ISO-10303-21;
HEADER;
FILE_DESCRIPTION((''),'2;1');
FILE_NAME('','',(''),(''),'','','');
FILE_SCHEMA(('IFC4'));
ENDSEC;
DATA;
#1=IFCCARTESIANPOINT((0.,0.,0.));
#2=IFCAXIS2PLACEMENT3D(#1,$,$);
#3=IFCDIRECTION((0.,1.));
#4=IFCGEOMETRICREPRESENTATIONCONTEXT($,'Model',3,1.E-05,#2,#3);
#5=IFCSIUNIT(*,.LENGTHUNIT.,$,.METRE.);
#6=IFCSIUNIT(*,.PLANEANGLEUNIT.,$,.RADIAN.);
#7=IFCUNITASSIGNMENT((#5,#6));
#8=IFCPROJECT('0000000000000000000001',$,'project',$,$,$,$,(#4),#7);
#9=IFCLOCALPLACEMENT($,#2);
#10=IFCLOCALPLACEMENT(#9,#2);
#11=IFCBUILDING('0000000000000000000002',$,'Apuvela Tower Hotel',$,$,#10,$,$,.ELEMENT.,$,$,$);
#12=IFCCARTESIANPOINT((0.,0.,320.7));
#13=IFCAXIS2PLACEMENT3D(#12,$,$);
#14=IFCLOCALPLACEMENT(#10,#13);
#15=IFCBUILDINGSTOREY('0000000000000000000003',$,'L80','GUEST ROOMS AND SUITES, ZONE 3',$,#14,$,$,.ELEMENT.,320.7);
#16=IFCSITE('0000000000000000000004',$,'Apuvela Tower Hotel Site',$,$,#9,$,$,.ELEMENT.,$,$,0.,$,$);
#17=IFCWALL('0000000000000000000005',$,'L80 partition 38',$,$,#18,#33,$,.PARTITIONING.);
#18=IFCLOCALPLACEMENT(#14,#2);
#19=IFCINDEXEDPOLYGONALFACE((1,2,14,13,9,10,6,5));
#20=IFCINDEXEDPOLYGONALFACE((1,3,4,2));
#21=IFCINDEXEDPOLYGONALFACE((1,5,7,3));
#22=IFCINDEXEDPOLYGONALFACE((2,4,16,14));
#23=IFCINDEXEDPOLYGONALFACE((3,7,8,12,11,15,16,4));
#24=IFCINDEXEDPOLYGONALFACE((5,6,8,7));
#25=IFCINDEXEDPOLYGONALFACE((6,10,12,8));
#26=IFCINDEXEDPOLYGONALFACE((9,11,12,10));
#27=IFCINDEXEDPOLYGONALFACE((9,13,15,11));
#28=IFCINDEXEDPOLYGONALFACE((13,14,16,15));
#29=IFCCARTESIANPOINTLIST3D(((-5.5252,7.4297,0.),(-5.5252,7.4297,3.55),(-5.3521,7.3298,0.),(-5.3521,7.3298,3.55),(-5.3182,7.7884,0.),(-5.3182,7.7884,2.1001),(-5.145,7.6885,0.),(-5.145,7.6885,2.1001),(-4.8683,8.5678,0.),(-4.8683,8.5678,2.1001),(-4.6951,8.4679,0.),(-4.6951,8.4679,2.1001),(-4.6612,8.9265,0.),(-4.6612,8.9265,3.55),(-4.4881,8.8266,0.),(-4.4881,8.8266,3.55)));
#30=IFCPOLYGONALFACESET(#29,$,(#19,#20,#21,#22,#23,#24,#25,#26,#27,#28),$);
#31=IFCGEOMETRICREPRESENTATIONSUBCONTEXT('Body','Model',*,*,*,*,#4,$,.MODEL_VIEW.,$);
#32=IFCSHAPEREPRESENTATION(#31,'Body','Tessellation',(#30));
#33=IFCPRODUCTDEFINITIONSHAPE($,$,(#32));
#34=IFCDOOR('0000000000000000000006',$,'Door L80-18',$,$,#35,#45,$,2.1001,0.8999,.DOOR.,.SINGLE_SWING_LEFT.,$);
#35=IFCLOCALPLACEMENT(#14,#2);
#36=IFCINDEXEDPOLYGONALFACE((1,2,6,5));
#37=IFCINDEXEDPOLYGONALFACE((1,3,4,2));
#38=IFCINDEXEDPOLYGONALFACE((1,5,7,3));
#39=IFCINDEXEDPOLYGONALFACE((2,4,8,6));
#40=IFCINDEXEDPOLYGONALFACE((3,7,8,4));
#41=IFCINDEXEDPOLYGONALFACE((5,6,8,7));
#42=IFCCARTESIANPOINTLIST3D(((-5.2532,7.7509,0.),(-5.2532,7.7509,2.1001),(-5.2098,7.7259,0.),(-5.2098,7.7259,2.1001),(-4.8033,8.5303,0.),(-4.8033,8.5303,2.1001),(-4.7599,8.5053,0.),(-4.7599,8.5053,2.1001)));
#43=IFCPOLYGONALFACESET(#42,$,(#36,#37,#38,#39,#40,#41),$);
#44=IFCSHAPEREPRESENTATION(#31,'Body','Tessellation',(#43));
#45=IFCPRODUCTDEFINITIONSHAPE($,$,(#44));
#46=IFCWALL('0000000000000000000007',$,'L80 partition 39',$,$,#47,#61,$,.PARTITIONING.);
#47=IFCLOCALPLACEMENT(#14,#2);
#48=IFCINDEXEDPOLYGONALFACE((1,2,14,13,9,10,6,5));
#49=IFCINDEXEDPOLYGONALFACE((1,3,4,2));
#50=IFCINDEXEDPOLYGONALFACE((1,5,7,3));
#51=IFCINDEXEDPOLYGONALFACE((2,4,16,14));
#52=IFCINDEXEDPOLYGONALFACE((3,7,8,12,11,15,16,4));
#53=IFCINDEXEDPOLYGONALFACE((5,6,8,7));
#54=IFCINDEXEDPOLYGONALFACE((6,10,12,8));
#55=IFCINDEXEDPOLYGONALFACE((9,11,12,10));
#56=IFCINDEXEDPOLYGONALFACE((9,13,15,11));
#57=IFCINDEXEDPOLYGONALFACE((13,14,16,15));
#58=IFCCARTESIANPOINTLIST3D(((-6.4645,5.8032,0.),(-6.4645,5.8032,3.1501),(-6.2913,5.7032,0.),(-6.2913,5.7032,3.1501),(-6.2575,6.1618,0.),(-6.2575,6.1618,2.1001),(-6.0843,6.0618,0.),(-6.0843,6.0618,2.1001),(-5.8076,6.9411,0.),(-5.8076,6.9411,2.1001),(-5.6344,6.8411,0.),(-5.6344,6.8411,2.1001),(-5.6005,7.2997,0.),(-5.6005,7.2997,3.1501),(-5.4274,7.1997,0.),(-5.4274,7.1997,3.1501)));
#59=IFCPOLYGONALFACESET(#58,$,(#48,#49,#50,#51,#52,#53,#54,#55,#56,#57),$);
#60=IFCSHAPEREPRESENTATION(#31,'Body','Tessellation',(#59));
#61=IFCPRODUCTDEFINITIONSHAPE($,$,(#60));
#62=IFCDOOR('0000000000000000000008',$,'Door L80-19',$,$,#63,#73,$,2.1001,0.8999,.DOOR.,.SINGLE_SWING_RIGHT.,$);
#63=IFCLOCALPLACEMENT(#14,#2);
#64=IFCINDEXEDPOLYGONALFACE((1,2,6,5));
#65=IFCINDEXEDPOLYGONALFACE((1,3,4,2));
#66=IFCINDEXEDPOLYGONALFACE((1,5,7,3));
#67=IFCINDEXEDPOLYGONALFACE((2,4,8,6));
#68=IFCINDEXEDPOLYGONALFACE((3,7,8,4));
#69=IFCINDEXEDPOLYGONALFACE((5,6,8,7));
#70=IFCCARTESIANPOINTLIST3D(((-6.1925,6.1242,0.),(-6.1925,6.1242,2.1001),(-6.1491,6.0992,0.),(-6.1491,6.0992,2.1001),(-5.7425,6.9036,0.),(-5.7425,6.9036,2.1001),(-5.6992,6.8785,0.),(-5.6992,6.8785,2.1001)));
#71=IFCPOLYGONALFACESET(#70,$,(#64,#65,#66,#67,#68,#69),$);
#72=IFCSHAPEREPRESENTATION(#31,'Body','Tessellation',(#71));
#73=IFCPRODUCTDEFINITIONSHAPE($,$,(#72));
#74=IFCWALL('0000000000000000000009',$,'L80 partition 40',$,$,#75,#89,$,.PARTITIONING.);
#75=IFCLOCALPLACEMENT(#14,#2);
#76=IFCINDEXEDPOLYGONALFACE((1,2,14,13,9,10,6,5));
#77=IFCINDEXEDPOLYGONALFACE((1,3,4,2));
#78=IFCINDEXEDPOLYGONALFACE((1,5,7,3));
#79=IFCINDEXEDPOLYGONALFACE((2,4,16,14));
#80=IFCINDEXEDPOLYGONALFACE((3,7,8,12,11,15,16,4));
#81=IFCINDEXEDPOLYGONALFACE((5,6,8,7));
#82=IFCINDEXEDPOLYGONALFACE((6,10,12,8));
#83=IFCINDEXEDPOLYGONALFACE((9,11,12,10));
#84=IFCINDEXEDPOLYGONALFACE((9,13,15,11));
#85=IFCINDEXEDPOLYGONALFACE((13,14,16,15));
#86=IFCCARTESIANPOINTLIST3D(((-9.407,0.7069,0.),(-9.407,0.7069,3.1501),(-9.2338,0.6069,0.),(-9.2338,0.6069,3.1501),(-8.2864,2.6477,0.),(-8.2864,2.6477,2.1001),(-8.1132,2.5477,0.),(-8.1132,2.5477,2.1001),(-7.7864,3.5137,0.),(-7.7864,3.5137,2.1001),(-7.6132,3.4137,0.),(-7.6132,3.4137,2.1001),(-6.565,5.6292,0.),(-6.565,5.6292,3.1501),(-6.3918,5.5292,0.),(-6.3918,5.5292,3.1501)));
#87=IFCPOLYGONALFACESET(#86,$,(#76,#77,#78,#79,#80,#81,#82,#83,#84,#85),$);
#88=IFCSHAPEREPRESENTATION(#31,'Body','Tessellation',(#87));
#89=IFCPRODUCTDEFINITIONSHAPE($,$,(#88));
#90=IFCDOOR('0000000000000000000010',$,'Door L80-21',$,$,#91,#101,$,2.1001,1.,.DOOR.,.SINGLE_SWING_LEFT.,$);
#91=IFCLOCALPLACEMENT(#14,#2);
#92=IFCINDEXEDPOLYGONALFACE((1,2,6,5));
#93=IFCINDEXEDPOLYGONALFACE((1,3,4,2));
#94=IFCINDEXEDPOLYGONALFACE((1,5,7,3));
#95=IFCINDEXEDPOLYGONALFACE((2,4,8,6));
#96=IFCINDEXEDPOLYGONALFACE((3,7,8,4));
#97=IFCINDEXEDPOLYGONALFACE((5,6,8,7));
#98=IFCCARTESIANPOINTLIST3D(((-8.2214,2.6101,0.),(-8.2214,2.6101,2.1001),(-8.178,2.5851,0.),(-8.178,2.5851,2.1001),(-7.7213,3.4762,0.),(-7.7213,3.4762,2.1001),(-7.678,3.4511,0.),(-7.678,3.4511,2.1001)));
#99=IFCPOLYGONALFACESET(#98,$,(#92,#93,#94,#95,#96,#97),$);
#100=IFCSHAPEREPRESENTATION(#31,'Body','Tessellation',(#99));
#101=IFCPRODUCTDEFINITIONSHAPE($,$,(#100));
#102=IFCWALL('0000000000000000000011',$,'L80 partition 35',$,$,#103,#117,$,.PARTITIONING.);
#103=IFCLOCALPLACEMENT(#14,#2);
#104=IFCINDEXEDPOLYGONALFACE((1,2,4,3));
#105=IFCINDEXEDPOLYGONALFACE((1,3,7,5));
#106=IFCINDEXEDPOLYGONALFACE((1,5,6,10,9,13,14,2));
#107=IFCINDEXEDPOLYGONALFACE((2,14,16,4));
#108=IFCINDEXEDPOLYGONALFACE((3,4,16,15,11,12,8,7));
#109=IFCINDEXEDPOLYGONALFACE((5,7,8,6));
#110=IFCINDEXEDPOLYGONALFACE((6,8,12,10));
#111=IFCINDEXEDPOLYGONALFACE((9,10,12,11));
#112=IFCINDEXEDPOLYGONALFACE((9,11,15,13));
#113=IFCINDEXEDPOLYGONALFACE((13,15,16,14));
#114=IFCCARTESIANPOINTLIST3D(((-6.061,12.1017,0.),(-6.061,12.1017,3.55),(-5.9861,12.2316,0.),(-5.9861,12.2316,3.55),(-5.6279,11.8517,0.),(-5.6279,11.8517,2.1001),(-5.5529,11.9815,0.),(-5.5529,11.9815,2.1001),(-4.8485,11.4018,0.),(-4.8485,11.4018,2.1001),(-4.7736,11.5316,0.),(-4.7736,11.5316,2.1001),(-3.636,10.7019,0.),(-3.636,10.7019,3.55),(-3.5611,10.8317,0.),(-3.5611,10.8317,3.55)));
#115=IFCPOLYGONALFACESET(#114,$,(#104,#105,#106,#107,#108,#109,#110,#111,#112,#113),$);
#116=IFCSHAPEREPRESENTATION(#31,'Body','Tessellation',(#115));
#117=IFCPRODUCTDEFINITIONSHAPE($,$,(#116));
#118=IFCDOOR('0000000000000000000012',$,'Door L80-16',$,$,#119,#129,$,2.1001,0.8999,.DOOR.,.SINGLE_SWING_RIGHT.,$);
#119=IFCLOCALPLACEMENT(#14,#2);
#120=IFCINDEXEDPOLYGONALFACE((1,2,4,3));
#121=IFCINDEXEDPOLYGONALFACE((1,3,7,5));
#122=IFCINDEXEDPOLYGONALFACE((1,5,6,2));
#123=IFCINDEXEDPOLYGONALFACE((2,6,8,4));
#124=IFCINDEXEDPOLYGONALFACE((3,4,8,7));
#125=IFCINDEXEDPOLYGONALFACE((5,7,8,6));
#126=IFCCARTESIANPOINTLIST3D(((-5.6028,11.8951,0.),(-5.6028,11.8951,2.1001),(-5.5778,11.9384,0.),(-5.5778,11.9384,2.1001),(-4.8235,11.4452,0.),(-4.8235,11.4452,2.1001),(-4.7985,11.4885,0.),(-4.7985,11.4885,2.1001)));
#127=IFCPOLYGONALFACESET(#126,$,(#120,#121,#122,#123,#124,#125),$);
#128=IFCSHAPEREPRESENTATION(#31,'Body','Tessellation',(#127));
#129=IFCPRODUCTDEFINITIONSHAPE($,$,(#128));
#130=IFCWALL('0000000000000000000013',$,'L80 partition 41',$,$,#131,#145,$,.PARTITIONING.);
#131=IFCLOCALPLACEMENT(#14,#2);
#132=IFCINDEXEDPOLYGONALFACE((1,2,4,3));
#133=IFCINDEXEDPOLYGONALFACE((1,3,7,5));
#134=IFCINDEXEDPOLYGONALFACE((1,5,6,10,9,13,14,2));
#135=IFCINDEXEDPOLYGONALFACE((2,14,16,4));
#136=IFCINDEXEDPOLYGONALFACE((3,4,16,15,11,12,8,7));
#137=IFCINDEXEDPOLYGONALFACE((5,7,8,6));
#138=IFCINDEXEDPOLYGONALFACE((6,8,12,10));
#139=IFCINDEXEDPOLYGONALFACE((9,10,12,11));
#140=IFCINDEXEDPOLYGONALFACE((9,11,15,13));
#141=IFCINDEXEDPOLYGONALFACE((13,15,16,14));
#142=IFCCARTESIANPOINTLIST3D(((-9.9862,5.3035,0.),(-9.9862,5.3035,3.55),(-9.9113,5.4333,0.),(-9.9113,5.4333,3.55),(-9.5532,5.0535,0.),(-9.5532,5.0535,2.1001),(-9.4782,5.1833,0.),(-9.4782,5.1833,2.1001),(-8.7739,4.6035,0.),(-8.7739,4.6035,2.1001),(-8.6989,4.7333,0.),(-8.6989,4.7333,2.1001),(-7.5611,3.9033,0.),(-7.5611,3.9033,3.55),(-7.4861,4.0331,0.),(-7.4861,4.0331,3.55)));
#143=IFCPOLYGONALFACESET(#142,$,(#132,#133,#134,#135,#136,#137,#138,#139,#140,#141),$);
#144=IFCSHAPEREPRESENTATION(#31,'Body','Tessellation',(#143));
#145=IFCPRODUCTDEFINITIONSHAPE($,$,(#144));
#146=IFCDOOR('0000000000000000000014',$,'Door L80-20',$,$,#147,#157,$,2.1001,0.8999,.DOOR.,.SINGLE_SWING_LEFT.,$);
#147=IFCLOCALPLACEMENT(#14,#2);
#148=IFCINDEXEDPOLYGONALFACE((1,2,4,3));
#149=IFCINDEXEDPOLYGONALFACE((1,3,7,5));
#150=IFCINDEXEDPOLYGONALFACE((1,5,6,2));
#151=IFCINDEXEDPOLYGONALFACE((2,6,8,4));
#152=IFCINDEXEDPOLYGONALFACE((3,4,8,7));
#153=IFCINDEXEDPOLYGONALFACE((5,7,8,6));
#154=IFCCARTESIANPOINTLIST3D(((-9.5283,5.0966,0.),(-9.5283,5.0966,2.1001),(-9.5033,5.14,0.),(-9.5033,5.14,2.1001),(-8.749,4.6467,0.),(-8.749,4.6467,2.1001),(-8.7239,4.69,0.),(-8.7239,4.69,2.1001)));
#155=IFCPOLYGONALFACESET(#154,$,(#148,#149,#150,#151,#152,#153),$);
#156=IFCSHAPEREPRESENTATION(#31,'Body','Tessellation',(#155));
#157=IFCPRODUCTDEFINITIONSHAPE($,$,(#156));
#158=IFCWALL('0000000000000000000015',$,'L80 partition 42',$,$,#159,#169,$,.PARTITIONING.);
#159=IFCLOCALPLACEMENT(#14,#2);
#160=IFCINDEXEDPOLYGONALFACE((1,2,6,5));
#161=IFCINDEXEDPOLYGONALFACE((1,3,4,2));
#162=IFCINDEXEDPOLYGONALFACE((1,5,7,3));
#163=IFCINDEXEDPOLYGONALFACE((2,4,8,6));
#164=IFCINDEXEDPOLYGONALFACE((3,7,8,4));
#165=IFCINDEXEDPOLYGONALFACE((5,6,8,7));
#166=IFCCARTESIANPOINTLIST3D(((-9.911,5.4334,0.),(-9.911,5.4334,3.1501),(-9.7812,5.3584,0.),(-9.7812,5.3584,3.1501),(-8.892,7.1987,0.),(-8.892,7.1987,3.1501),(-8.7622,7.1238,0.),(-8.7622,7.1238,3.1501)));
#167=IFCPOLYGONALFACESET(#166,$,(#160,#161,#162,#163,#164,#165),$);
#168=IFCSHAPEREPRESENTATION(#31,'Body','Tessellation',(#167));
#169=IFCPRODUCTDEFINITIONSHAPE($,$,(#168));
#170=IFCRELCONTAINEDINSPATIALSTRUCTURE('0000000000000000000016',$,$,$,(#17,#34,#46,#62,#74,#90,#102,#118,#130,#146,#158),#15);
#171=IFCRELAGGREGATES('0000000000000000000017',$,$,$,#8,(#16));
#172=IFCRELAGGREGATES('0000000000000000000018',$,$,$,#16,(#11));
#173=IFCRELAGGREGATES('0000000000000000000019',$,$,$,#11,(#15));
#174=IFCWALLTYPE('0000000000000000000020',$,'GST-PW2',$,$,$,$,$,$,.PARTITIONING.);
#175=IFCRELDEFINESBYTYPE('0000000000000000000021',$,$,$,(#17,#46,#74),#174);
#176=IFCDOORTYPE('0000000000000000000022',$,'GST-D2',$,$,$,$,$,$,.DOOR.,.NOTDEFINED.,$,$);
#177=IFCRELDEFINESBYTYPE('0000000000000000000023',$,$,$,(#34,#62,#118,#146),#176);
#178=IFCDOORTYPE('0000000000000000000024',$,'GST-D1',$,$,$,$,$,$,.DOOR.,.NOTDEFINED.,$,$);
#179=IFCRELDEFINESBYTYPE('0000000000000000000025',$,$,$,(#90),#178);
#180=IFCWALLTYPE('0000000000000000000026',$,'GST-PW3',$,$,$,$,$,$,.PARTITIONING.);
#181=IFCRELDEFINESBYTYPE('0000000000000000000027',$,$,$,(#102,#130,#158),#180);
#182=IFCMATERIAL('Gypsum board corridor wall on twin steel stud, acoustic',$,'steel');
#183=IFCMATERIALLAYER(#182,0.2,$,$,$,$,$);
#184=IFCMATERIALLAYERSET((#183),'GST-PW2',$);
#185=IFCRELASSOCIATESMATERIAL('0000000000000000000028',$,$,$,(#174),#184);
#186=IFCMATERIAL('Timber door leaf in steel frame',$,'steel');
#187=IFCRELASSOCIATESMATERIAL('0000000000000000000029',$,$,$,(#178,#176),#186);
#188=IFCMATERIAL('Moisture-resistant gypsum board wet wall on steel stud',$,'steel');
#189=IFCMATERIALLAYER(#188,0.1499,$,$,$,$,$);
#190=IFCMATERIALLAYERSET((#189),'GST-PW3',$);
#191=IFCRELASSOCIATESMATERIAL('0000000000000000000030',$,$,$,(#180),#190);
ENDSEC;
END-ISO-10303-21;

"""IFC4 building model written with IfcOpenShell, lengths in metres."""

from ifc_helpers import new_model, si_unit, direction, frame, frame_2d, origin, place, context, subcontext, project, spatial, rectangle, extrude, material, layer, layer_set, type_object, element, fill, save


model = new_model("IFC4")

# Units and contexts
model_context = context("Model", 3, precision=1e-05, world=origin(), true_north=direction((0.0, 1.0)))
body_context = subcontext(model_context, "Body", "Model", "MODEL_VIEW")
ifc_project = project(units=[si_unit("LENGTHUNIT", "METRE"), si_unit("PLANEANGLEUNIT", "RADIAN")], contexts=[model_context])

# Site, building, storey
site_placement = place(None, origin())
site = spatial("IfcSite", under=ifc_project, at=site_placement, Name="Apuvela Tower Hotel Site", CompositionType="ELEMENT", RefElevation=0.0)
building_placement = place(site_placement, origin())
building = spatial("IfcBuilding", under=site, at=building_placement, Name="Apuvela Tower Hotel", CompositionType="ELEMENT")
storey_placement = place(building_placement, frame((0.0, 0.0, 320.7)))
storey = spatial("IfcBuildingStorey", under=building, at=storey_placement, Name="L80", Description="GUEST ROOMS AND SUITES, ZONE 3", CompositionType="ELEMENT", Elevation=320.7)

# Walls, openings, doors
ifc_material_1 = material(Name="Gypsum board corridor wall on twin steel stud, acoustic", Category="steel")
ifc_layer_1 = layer(ifc_material_1, 0.2)
ifc_layer_set_1 = layer_set([ifc_layer_1], Name="GST-PW2")
wall_type_1 = type_object("IfcWallType", Name="GST-PW2", PredefinedType="PARTITIONING", material=ifc_layer_set_1)
ifc_material_2 = material(Name="Timber door leaf in steel frame", Category="steel")
door_type_1 = type_object("IfcDoorType", Name="GST-D1", OperationType="NOTDEFINED", PredefinedType="DOOR", material=ifc_material_2)
wall_1_placement = place(storey_placement, frame((-5.4387, 7.3796, 0.0), z_axis=(0.0, 0.0, 1.0), x_axis=(0.499922, 0.86607, 0.0)))
wall_1 = element("IfcWall", 1, at=wall_1_placement, inside=storey, type_object=wall_type_1, Name="L80 partition 38", PredefinedType="PARTITIONING", context=body_context, shape_type="SweptSolid", body=[
    extrude(rectangle(XDim=1.7283, YDim=0.2, at=frame_2d((0.8643, 0.0))), origin(), (0.0, 0.0, 1.0), 3.55),
])
opening_1_placement = place(wall_1_placement, frame((0.4143, 0.0, 0.0)))
opening_1 = element("IfcOpeningElement", 2, at=opening_1_placement, cuts=wall_1, PredefinedType="OPENING", context=body_context, shape_type="SweptSolid", body=[
    extrude(rectangle(XDim=0.8999, YDim=2.1001, at=frame_2d((0.45, 1.05))), frame((0.0, 0.1099, 0.0), z_axis=(0.0, -1.0, 0.0), x_axis=(1.0, 0.0, 0.0)), (0.0, 0.0, 1.0), 0.22),
])
door_type_2 = type_object("IfcDoorType", Name="GST-D2", OperationType="NOTDEFINED", PredefinedType="DOOR", material=ifc_material_2)
door_1_placement = place(opening_1_placement, origin())
door_1 = element("IfcDoor", 3, at=door_1_placement, inside=storey, type_object=door_type_2, Name="Door L80-18", OperationType="SINGLE_SWING_LEFT", OverallHeight=2.1001, OverallWidth=0.8999, PredefinedType="DOOR", context=body_context, shape_type="SweptSolid", body=[
    extrude(rectangle(XDim=0.8999, YDim=2.1001, at=frame_2d((0.45, 1.05))), frame((0.0, 0.0249, 0.0), z_axis=(0.0, -1.0, 0.0), x_axis=(1.0, 0.0, 0.0)), (0.0, 0.0, 1.0), 0.05),
])
fill(opening_1, door_1)
wall_2_placement = place(storey_placement, frame((-6.3779, 5.7532, 0.0), z_axis=(0.0, 0.0, 1.0), x_axis=(0.499983, 0.866035, 0.0)))
wall_2 = element("IfcWall", 4, at=wall_2_placement, inside=storey, type_object=wall_type_1, Name="L80 partition 39", PredefinedType="PARTITIONING", context=body_context, shape_type="SweptSolid", body=[
    extrude(rectangle(XDim=1.728, YDim=0.2, at=frame_2d((0.864, 0.0))), origin(), (0.0, 0.0, 1.0), 3.1501),
])
opening_2_placement = place(wall_2_placement, frame((0.4141, 0.0, 0.0)))
opening_2 = element("IfcOpeningElement", 5, at=opening_2_placement, cuts=wall_2, PredefinedType="OPENING", context=body_context, shape_type="SweptSolid", body=[
    extrude(rectangle(XDim=0.8999, YDim=2.1001, at=frame_2d((0.45, 1.05))), frame((0.0, 0.1099, 0.0), z_axis=(0.0, -1.0, 0.0), x_axis=(1.0, 0.0, 0.0)), (0.0, 0.0, 1.0), 0.22),
])
door_2_placement = place(opening_2_placement, origin())
door_2 = element("IfcDoor", 6, at=door_2_placement, inside=storey, type_object=door_type_2, Name="Door L80-19", OperationType="SINGLE_SWING_RIGHT", OverallHeight=2.1001, OverallWidth=0.8999, PredefinedType="DOOR", context=body_context, shape_type="SweptSolid", body=[
    extrude(rectangle(XDim=0.8999, YDim=2.1001, at=frame_2d((0.45, 1.05))), frame((0.0, 0.0249, 0.0), z_axis=(0.0, -1.0, 0.0), x_axis=(1.0, 0.0, 0.0)), (0.0, 0.0, 1.0), 0.05),
])
fill(opening_2, door_2)
wall_3_placement = place(storey_placement, frame((-9.3203, 0.657, 0.0), z_axis=(0.0, 0.0, 1.0), x_axis=(0.500015, 0.866017, 0.0)))
wall_3 = element("IfcWall", 7, at=wall_3_placement, inside=storey, type_object=wall_type_1, Name="L80 partition 40", PredefinedType="PARTITIONING", context=body_context, shape_type="SweptSolid", body=[
    extrude(rectangle(XDim=5.6838, YDim=0.2, at=frame_2d((2.8418, 0.0))), origin(), (0.0, 0.0, 1.0), 3.1501),
])
opening_3_placement = place(wall_3_placement, frame((2.241, 0.0, 0.0)))
opening_3 = element("IfcOpeningElement", 8, at=opening_3_placement, cuts=wall_3, PredefinedType="OPENING", context=body_context, shape_type="SweptSolid", body=[
    extrude(rectangle(XDim=1.0, YDim=2.1001, at=frame_2d((0.5, 1.05))), frame((0.0, 0.1099, 0.0), z_axis=(0.0, -1.0, 0.0), x_axis=(1.0, 0.0, 0.0)), (0.0, 0.0, 1.0), 0.22),
])
door_3_placement = place(opening_3_placement, origin())
door_3 = element("IfcDoor", 9, at=door_3_placement, inside=storey, type_object=door_type_1, Name="Door L80-21", OperationType="SINGLE_SWING_LEFT", OverallHeight=2.1001, OverallWidth=1.0, PredefinedType="DOOR", context=body_context, shape_type="SweptSolid", body=[
    extrude(rectangle(XDim=1.0, YDim=2.1001, at=frame_2d((0.5, 1.05))), frame((0.0, 0.0249, 0.0), z_axis=(0.0, -1.0, 0.0), x_axis=(1.0, 0.0, 0.0)), (0.0, 0.0, 1.0), 0.05),
])
fill(opening_3, door_3)
ifc_material_3 = material(Name="Moisture-resistant gypsum board wet wall on steel stud", Category="steel")
ifc_layer_2 = layer(ifc_material_3, 0.1499)
ifc_layer_set_2 = layer_set([ifc_layer_2], Name="GST-PW3")
wall_type_2 = type_object("IfcWallType", Name="GST-PW3", PredefinedType="PARTITIONING", material=ifc_layer_set_2)
wall_4_placement = place(storey_placement, frame((-3.5986, 10.7668, 0.0), z_axis=(0.0, 0.0, 1.0), x_axis=(-0.866056, 0.499946, 0.0)))
wall_4 = element("IfcWall", 10, at=wall_4_placement, inside=storey, type_object=wall_type_2, Name="L80 partition 35", PredefinedType="PARTITIONING", context=body_context, shape_type="SweptSolid", body=[
    extrude(rectangle(XDim=2.8, YDim=0.1499, at=frame_2d((1.3999, 0.0))), origin(), (0.0, 0.0, 1.0), 3.55),
])
opening_4_placement = place(wall_4_placement, frame((1.3999, 0.0, 0.0)))
opening_4 = element("IfcOpeningElement", 11, at=opening_4_placement, cuts=wall_4, PredefinedType="OPENING", context=body_context, shape_type="SweptSolid", body=[
    extrude(rectangle(XDim=0.8999, YDim=2.1001, at=frame_2d((0.45, 1.05))), frame((0.0, 0.085, 0.0), z_axis=(0.0, -1.0, 0.0), x_axis=(1.0, 0.0, 0.0)), (0.0, 0.0, 1.0), 0.1699),
])
door_4_placement = place(opening_4_placement, origin())
door_4 = element("IfcDoor", 12, at=door_4_placement, inside=storey, type_object=door_type_2, Name="Door L80-16", OperationType="SINGLE_SWING_RIGHT", OverallHeight=2.1001, OverallWidth=0.8999, PredefinedType="DOOR", context=body_context, shape_type="SweptSolid", body=[
    extrude(rectangle(XDim=0.8999, YDim=2.1001, at=frame_2d((0.45, 1.05))), frame((0.0, 0.0249, 0.0), z_axis=(0.0, -1.0, 0.0), x_axis=(1.0, 0.0, 0.0)), (0.0, 0.0, 1.0), 0.05),
])
fill(opening_4, door_4)
wall_5_placement = place(storey_placement, frame((-9.9487, 5.3684, 0.0), z_axis=(0.0, 0.0, 1.0), x_axis=(0.866019, -0.500012, 0.0)))
wall_5 = element("IfcWall", 13, at=wall_5_placement, inside=storey, type_object=wall_type_2, Name="L80 partition 41", PredefinedType="PARTITIONING", context=body_context, shape_type="SweptSolid", body=[
    extrude(rectangle(XDim=2.8003, YDim=0.1499, at=frame_2d((1.4001, 0.0))), origin(), (0.0, 0.0, 1.0), 3.55),
])
opening_5_placement = place(wall_5_placement, frame((0.5, 0.0, 0.0)))
opening_5 = element("IfcOpeningElement", 14, at=opening_5_placement, cuts=wall_5, PredefinedType="OPENING", context=body_context, shape_type="SweptSolid", body=[
    extrude(rectangle(XDim=0.8999, YDim=2.1001, at=frame_2d((0.45, 1.05))), frame((0.0, 0.085, 0.0), z_axis=(0.0, -1.0, 0.0), x_axis=(1.0, 0.0, 0.0)), (0.0, 0.0, 1.0), 0.1699),
])
door_5_placement = place(opening_5_placement, origin())
door_5 = element("IfcDoor", 15, at=door_5_placement, inside=storey, type_object=door_type_2, Name="Door L80-20", OperationType="SINGLE_SWING_LEFT", OverallHeight=2.1001, OverallWidth=0.8999, PredefinedType="DOOR", context=body_context, shape_type="SweptSolid", body=[
    extrude(rectangle(XDim=0.8999, YDim=2.1001, at=frame_2d((0.45, 1.05))), frame((0.0, 0.0249, 0.0), z_axis=(0.0, -1.0, 0.0), x_axis=(1.0, 0.0, 0.0)), (0.0, 0.0, 1.0), 0.05),
])
fill(opening_5, door_5)

# Wall
wall_6_placement = place(storey_placement, frame((-8.8271, 7.1611, 0.0), z_axis=(0.0, 0.0, 1.0), x_axis=(-0.499926, -0.866068, 0.0)))
element("IfcWall", 16, at=wall_6_placement, inside=storey, type_object=wall_type_2, Name="L80 partition 42", PredefinedType="PARTITIONING", context=body_context, shape_type="SweptSolid", body=[
    extrude(rectangle(XDim=2.0383, YDim=0.1499, at=frame_2d((1.019, 0.0))), origin(), (0.0, 0.0, 1.0), 3.1501),
])

save(model, "model.ifc")
